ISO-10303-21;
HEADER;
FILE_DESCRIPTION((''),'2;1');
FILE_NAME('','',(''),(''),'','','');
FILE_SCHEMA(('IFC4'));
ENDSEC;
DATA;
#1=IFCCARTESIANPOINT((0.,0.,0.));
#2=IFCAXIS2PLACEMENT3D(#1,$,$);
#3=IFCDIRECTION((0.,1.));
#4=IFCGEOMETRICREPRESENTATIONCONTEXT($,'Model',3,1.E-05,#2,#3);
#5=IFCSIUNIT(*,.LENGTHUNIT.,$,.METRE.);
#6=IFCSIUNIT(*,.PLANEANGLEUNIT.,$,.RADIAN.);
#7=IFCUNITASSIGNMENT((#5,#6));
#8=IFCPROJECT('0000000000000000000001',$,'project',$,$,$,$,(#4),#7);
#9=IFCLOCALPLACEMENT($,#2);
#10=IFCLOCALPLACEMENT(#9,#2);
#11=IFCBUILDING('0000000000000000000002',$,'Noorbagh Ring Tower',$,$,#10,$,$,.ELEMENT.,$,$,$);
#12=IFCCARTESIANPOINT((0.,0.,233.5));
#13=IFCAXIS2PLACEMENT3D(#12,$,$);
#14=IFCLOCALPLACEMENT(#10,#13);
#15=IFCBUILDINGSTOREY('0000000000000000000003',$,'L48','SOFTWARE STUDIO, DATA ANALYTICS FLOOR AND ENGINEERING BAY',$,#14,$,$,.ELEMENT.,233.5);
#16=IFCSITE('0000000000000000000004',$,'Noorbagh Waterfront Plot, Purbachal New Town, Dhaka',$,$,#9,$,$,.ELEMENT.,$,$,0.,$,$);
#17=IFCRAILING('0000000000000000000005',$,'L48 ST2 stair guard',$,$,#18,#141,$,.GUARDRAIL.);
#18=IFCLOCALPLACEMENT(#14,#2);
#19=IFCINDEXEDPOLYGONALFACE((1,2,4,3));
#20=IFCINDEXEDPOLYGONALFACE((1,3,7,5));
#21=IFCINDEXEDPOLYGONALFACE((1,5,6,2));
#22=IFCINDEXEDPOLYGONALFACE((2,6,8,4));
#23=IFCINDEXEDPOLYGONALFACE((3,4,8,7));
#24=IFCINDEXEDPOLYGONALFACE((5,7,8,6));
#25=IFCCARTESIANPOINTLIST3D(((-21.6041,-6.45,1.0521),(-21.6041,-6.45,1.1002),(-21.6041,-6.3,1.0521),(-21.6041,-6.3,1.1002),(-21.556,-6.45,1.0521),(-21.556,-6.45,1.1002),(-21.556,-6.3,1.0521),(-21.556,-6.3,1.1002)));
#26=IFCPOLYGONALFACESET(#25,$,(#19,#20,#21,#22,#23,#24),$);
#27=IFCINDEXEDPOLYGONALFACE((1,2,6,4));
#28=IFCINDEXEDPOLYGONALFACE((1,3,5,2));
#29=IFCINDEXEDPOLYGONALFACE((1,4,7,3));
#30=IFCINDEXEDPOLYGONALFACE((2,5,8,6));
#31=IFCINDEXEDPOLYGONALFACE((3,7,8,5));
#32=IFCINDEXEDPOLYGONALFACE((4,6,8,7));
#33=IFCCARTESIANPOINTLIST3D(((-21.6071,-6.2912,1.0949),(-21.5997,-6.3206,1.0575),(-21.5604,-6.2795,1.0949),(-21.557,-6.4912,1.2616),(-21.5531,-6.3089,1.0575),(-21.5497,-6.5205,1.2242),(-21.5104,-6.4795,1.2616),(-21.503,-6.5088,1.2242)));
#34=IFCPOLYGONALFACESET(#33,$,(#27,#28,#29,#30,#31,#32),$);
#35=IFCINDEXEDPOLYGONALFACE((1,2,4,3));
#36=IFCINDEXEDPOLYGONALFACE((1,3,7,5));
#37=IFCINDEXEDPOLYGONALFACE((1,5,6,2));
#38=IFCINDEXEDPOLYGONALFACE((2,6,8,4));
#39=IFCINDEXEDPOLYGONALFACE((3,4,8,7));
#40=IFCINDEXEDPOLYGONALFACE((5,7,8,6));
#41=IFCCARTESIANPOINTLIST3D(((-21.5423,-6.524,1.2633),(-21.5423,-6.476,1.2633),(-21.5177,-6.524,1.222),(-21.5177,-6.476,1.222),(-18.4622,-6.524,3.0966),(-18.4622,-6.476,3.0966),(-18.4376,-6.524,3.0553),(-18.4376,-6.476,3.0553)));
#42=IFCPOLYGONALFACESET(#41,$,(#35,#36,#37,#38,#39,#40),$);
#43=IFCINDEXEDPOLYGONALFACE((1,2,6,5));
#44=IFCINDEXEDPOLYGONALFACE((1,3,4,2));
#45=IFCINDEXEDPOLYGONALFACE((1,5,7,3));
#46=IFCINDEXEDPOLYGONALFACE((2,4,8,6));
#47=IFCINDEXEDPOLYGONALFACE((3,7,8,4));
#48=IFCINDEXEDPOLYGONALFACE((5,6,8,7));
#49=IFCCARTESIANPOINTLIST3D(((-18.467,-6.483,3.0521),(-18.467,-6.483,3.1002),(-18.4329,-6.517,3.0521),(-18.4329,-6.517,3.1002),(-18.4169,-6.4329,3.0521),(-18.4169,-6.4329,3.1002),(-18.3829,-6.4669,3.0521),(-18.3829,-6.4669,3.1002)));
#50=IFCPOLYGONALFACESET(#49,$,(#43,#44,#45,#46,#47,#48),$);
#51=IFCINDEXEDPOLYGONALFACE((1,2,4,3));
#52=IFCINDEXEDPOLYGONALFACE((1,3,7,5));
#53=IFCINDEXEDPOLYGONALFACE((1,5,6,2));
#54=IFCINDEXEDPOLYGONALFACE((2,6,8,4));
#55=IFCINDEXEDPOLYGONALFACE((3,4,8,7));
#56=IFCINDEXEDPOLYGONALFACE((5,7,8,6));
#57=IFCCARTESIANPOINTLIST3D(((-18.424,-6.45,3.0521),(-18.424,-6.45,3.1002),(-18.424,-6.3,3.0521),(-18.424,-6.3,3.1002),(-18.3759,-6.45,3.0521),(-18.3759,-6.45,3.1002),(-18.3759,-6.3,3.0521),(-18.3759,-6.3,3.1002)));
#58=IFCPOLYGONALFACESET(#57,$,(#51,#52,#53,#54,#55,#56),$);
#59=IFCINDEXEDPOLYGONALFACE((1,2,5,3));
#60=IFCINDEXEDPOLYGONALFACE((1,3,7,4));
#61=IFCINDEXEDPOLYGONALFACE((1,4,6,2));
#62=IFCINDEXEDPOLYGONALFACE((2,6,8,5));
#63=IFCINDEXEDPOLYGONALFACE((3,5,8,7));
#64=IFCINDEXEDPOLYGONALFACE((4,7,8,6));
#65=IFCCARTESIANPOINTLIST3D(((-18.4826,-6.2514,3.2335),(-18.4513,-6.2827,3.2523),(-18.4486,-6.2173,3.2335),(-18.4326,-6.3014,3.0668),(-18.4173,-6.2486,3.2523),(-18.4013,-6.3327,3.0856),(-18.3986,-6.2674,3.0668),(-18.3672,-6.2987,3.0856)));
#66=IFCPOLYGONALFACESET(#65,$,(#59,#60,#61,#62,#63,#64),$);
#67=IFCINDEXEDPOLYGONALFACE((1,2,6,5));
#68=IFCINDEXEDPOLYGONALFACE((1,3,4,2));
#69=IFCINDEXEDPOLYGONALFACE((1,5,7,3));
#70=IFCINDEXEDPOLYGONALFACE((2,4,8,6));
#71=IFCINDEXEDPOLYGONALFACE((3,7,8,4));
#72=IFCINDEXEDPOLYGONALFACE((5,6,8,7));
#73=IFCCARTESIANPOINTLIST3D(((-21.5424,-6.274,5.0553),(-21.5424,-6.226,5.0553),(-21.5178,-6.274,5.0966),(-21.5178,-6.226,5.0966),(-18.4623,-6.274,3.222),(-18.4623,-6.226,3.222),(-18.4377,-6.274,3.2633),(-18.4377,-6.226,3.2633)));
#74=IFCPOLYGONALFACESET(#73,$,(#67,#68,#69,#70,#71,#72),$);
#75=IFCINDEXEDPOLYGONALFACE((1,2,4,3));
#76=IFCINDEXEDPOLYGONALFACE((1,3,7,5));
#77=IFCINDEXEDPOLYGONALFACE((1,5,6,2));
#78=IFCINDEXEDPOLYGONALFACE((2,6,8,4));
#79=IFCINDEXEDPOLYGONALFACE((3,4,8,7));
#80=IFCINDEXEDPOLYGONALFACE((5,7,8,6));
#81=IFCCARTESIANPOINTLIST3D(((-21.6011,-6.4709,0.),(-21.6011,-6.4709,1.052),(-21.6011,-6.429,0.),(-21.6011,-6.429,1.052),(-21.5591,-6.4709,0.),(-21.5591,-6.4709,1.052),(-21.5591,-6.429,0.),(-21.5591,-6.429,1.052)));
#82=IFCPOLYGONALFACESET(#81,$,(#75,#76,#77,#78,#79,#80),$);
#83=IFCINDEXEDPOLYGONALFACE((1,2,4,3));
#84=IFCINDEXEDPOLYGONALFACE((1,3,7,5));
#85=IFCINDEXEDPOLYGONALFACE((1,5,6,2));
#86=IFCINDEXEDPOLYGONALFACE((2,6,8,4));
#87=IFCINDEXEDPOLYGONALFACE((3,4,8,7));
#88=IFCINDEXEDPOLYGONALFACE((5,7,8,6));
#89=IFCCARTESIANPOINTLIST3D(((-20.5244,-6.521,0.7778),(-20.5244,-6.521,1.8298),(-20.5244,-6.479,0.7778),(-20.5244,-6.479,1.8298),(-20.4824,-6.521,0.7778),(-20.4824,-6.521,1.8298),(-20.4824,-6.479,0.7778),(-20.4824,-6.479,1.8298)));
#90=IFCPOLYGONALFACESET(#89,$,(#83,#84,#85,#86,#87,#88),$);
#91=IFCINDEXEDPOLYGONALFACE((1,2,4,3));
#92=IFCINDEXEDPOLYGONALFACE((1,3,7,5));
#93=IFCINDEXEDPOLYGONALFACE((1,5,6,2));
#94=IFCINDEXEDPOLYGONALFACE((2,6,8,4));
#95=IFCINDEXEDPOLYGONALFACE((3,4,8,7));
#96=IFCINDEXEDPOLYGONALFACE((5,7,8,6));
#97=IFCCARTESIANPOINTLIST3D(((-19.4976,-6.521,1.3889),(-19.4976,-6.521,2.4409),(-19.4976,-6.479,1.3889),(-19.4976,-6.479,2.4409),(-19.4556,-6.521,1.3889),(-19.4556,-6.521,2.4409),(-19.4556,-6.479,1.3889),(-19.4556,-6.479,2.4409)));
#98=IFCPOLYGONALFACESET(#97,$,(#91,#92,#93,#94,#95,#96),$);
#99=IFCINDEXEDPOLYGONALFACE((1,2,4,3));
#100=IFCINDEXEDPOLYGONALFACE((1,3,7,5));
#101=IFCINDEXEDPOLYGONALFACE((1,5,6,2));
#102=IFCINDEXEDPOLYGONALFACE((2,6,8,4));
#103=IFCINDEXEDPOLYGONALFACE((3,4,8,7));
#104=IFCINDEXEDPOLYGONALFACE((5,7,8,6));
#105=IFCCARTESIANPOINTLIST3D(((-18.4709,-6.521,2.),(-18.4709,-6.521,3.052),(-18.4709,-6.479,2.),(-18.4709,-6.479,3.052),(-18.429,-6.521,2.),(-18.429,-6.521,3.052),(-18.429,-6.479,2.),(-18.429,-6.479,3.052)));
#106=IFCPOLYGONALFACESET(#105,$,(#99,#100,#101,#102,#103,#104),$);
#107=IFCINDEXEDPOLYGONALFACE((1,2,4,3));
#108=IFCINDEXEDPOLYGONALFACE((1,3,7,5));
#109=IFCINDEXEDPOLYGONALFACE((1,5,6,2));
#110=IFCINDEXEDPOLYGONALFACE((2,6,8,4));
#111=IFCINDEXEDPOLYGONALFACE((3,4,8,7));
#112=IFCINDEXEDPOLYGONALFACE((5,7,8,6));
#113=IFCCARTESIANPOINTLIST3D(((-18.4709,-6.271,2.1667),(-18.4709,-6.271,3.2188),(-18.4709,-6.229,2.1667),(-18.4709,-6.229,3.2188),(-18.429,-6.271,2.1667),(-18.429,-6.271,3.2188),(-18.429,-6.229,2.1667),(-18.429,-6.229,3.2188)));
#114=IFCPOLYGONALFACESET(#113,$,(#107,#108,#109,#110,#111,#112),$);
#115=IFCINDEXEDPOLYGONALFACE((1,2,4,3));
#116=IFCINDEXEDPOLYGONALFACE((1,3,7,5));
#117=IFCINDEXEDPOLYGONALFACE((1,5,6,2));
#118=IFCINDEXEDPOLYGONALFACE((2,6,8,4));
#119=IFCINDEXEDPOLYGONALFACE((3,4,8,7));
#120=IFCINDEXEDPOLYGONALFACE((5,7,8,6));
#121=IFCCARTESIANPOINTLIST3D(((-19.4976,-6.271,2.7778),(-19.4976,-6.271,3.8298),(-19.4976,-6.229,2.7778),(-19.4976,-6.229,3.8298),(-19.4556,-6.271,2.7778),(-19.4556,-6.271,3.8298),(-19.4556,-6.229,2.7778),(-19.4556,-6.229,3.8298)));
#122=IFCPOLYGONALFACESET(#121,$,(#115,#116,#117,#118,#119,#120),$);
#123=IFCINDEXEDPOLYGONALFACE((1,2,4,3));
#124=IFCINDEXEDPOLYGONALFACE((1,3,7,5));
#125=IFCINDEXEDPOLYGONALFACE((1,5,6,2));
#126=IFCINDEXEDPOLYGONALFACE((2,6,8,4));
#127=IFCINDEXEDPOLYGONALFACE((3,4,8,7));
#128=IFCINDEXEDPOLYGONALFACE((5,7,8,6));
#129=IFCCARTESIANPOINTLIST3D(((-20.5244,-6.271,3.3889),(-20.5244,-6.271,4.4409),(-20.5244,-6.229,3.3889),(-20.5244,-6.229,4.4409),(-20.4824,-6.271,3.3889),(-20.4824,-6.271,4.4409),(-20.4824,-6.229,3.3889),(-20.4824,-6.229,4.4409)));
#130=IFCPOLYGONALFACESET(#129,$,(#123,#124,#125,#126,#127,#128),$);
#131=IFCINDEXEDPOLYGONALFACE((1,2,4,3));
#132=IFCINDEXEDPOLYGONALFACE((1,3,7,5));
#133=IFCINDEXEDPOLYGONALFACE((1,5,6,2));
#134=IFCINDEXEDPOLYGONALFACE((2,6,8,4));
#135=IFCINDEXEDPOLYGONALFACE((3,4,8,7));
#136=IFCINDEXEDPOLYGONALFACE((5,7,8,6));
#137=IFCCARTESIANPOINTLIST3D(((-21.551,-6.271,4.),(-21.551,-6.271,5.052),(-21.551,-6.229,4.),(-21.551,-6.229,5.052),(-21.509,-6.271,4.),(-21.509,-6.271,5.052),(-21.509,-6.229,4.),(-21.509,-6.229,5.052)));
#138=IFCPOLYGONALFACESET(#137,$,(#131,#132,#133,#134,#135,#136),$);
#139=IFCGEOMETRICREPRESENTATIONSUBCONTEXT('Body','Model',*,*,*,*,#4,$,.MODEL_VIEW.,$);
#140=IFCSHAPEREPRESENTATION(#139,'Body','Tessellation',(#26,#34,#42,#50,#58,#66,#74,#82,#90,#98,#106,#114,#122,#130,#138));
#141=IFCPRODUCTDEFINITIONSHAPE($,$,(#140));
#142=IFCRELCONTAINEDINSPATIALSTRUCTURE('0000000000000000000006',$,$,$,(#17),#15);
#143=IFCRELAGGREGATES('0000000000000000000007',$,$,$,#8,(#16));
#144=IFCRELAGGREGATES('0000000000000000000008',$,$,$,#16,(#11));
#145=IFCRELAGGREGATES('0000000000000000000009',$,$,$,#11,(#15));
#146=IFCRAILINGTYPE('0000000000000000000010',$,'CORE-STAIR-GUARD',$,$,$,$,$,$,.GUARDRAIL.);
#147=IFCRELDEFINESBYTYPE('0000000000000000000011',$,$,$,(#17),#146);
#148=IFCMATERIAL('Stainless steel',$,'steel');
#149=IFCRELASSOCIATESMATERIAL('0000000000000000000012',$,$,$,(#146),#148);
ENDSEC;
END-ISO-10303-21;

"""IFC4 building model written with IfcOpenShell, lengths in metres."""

from ifc_helpers import new_model, si_unit, direction, frame, origin, origin_2d, place, context, subcontext, project, spatial, rectangle, extrude, material, type_object, element, save


model = new_model("IFC4")

# Units and contexts
model_context = context("Model", 3, precision=1e-05, world=origin(), true_north=direction((0.0, 1.0)))
body_context = subcontext(model_context, "Body", "Model", "MODEL_VIEW")
ifc_project = project(units=[si_unit("LENGTHUNIT", "METRE"), si_unit("PLANEANGLEUNIT", "RADIAN")], contexts=[model_context])

# Site, building, storey
site_placement = place(None, origin())
site = spatial("IfcSite", under=ifc_project, at=site_placement, Name="Noorbagh Waterfront Plot, Purbachal New Town, Dhaka", CompositionType="ELEMENT", RefElevation=0.0)
building_placement = place(site_placement, origin())
building = spatial("IfcBuilding", under=site, at=building_placement, Name="Noorbagh Ring Tower", CompositionType="ELEMENT")
storey_placement = place(building_placement, frame((0.0, 0.0, 233.5)))
storey = spatial("IfcBuildingStorey", under=building, at=storey_placement, Name="L48", Description="SOFTWARE STUDIO, DATA ANALYTICS FLOOR AND ENGINEERING BAY", CompositionType="ELEMENT", Elevation=233.5)

# Railing
ifc_material_1 = material(Name="Stainless steel", Category="steel")
railing_type_1 = type_object("IfcRailingType", Name="CORE-STAIR-GUARD", PredefinedType="GUARDRAIL", material=ifc_material_1)
railing_1_placement = place(storey_placement, frame((-21.5801, -6.45, 0.0)))
element("IfcRailing", 1, at=railing_1_placement, inside=storey, type_object=railing_type_1, Name="L48 ST2 stair guard", PredefinedType="GUARDRAIL", context=body_context, shape_type="SweptSolid", body=[
    extrude(rectangle(XDim=0.0481, YDim=0.0481, at=origin_2d()), frame((0.0, 0.0, 1.0762), z_axis=(0.0, 1.0, 0.0), x_axis=(-1.0, 0.0, 0.0)), (0.0, 0.0, 1.0), 0.1499),
    extrude(rectangle(XDim=0.0481, YDim=0.0481, at=origin_2d()), frame((0.0, 0.1499, 1.0762), z_axis=(0.188776, -0.754182, 0.628946), x_axis=(0.970073, 0.242814, 0.0)), (0.0, 0.0, 1.0), 0.2651),
    extrude(rectangle(XDim=0.0481, YDim=0.0481, at=origin_2d()), frame((0.05, -0.05, 1.2427), z_axis=(0.859309, 0.0, 0.511458), x_axis=(0.0, 1.0, 0.0)), (0.0, 0.0, 1.0), 3.5845),
    extrude(rectangle(XDim=0.0481, YDim=0.0481, at=origin_2d()), frame((3.1301, -0.05, 3.0762), z_axis=(0.707107, 0.707107, 0.0), x_axis=(-0.707107, 0.707107, 0.0)), (0.0, 0.0, 1.0), 0.0708),
    extrude(rectangle(XDim=0.0481, YDim=0.0481, at=origin_2d()), frame((3.1802, 0.0, 3.0762), z_axis=(0.0, 1.0, 0.0), x_axis=(-1.0, 0.0, 0.0)), (0.0, 0.0, 1.0), 0.1499),
    extrude(rectangle(XDim=0.0481, YDim=0.0481, at=origin_2d()), frame((3.1802, 0.1499, 3.0762), z_axis=(-0.276287, 0.276287, 0.920506), x_axis=(-0.707107, -0.707107, 0.0)), (0.0, 0.0, 1.0), 0.1812),
    extrude(rectangle(XDim=0.0481, YDim=0.0481, at=origin_2d()), frame((3.1301, 0.2, 3.2427), z_axis=(-0.859309, 0.0, 0.511458), x_axis=(0.0, -1.0, 0.0)), (0.0, 0.0, 1.0), 3.5845),
    extrude(rectangle(XDim=0.042, YDim=0.042, at=origin_2d()), origin(), (0.0, 0.0, 1.0), 1.052),
    extrude(rectangle(XDim=0.042, YDim=0.042, at=origin_2d()), frame((1.0767, -0.05, 0.7778)), (0.0, 0.0, 1.0), 1.052),
    extrude(rectangle(XDim=0.042, YDim=0.042, at=origin_2d()), frame((2.1035, -0.05, 1.3889)), (0.0, 0.0, 1.0), 1.052),
    extrude(rectangle(XDim=0.042, YDim=0.042, at=origin_2d()), frame((3.1301, -0.05, 2.0)), (0.0, 0.0, 1.0), 1.052),
    extrude(rectangle(XDim=0.042, YDim=0.042, at=origin_2d()), frame((3.1301, 0.2, 2.1667)), (0.0, 0.0, 1.0), 1.052),
    extrude(rectangle(XDim=0.042, YDim=0.042, at=origin_2d()), frame((2.1035, 0.2, 2.7778)), (0.0, 0.0, 1.0), 1.052),
    extrude(rectangle(XDim=0.042, YDim=0.042, at=origin_2d()), frame((1.0767, 0.2, 3.3889)), (0.0, 0.0, 1.0), 1.052),
    extrude(rectangle(XDim=0.042, YDim=0.042, at=origin_2d()), frame((0.05, 0.2, 4.0)), (0.0, 0.0, 1.0), 1.052),
])

save(model, "model.ifc")
